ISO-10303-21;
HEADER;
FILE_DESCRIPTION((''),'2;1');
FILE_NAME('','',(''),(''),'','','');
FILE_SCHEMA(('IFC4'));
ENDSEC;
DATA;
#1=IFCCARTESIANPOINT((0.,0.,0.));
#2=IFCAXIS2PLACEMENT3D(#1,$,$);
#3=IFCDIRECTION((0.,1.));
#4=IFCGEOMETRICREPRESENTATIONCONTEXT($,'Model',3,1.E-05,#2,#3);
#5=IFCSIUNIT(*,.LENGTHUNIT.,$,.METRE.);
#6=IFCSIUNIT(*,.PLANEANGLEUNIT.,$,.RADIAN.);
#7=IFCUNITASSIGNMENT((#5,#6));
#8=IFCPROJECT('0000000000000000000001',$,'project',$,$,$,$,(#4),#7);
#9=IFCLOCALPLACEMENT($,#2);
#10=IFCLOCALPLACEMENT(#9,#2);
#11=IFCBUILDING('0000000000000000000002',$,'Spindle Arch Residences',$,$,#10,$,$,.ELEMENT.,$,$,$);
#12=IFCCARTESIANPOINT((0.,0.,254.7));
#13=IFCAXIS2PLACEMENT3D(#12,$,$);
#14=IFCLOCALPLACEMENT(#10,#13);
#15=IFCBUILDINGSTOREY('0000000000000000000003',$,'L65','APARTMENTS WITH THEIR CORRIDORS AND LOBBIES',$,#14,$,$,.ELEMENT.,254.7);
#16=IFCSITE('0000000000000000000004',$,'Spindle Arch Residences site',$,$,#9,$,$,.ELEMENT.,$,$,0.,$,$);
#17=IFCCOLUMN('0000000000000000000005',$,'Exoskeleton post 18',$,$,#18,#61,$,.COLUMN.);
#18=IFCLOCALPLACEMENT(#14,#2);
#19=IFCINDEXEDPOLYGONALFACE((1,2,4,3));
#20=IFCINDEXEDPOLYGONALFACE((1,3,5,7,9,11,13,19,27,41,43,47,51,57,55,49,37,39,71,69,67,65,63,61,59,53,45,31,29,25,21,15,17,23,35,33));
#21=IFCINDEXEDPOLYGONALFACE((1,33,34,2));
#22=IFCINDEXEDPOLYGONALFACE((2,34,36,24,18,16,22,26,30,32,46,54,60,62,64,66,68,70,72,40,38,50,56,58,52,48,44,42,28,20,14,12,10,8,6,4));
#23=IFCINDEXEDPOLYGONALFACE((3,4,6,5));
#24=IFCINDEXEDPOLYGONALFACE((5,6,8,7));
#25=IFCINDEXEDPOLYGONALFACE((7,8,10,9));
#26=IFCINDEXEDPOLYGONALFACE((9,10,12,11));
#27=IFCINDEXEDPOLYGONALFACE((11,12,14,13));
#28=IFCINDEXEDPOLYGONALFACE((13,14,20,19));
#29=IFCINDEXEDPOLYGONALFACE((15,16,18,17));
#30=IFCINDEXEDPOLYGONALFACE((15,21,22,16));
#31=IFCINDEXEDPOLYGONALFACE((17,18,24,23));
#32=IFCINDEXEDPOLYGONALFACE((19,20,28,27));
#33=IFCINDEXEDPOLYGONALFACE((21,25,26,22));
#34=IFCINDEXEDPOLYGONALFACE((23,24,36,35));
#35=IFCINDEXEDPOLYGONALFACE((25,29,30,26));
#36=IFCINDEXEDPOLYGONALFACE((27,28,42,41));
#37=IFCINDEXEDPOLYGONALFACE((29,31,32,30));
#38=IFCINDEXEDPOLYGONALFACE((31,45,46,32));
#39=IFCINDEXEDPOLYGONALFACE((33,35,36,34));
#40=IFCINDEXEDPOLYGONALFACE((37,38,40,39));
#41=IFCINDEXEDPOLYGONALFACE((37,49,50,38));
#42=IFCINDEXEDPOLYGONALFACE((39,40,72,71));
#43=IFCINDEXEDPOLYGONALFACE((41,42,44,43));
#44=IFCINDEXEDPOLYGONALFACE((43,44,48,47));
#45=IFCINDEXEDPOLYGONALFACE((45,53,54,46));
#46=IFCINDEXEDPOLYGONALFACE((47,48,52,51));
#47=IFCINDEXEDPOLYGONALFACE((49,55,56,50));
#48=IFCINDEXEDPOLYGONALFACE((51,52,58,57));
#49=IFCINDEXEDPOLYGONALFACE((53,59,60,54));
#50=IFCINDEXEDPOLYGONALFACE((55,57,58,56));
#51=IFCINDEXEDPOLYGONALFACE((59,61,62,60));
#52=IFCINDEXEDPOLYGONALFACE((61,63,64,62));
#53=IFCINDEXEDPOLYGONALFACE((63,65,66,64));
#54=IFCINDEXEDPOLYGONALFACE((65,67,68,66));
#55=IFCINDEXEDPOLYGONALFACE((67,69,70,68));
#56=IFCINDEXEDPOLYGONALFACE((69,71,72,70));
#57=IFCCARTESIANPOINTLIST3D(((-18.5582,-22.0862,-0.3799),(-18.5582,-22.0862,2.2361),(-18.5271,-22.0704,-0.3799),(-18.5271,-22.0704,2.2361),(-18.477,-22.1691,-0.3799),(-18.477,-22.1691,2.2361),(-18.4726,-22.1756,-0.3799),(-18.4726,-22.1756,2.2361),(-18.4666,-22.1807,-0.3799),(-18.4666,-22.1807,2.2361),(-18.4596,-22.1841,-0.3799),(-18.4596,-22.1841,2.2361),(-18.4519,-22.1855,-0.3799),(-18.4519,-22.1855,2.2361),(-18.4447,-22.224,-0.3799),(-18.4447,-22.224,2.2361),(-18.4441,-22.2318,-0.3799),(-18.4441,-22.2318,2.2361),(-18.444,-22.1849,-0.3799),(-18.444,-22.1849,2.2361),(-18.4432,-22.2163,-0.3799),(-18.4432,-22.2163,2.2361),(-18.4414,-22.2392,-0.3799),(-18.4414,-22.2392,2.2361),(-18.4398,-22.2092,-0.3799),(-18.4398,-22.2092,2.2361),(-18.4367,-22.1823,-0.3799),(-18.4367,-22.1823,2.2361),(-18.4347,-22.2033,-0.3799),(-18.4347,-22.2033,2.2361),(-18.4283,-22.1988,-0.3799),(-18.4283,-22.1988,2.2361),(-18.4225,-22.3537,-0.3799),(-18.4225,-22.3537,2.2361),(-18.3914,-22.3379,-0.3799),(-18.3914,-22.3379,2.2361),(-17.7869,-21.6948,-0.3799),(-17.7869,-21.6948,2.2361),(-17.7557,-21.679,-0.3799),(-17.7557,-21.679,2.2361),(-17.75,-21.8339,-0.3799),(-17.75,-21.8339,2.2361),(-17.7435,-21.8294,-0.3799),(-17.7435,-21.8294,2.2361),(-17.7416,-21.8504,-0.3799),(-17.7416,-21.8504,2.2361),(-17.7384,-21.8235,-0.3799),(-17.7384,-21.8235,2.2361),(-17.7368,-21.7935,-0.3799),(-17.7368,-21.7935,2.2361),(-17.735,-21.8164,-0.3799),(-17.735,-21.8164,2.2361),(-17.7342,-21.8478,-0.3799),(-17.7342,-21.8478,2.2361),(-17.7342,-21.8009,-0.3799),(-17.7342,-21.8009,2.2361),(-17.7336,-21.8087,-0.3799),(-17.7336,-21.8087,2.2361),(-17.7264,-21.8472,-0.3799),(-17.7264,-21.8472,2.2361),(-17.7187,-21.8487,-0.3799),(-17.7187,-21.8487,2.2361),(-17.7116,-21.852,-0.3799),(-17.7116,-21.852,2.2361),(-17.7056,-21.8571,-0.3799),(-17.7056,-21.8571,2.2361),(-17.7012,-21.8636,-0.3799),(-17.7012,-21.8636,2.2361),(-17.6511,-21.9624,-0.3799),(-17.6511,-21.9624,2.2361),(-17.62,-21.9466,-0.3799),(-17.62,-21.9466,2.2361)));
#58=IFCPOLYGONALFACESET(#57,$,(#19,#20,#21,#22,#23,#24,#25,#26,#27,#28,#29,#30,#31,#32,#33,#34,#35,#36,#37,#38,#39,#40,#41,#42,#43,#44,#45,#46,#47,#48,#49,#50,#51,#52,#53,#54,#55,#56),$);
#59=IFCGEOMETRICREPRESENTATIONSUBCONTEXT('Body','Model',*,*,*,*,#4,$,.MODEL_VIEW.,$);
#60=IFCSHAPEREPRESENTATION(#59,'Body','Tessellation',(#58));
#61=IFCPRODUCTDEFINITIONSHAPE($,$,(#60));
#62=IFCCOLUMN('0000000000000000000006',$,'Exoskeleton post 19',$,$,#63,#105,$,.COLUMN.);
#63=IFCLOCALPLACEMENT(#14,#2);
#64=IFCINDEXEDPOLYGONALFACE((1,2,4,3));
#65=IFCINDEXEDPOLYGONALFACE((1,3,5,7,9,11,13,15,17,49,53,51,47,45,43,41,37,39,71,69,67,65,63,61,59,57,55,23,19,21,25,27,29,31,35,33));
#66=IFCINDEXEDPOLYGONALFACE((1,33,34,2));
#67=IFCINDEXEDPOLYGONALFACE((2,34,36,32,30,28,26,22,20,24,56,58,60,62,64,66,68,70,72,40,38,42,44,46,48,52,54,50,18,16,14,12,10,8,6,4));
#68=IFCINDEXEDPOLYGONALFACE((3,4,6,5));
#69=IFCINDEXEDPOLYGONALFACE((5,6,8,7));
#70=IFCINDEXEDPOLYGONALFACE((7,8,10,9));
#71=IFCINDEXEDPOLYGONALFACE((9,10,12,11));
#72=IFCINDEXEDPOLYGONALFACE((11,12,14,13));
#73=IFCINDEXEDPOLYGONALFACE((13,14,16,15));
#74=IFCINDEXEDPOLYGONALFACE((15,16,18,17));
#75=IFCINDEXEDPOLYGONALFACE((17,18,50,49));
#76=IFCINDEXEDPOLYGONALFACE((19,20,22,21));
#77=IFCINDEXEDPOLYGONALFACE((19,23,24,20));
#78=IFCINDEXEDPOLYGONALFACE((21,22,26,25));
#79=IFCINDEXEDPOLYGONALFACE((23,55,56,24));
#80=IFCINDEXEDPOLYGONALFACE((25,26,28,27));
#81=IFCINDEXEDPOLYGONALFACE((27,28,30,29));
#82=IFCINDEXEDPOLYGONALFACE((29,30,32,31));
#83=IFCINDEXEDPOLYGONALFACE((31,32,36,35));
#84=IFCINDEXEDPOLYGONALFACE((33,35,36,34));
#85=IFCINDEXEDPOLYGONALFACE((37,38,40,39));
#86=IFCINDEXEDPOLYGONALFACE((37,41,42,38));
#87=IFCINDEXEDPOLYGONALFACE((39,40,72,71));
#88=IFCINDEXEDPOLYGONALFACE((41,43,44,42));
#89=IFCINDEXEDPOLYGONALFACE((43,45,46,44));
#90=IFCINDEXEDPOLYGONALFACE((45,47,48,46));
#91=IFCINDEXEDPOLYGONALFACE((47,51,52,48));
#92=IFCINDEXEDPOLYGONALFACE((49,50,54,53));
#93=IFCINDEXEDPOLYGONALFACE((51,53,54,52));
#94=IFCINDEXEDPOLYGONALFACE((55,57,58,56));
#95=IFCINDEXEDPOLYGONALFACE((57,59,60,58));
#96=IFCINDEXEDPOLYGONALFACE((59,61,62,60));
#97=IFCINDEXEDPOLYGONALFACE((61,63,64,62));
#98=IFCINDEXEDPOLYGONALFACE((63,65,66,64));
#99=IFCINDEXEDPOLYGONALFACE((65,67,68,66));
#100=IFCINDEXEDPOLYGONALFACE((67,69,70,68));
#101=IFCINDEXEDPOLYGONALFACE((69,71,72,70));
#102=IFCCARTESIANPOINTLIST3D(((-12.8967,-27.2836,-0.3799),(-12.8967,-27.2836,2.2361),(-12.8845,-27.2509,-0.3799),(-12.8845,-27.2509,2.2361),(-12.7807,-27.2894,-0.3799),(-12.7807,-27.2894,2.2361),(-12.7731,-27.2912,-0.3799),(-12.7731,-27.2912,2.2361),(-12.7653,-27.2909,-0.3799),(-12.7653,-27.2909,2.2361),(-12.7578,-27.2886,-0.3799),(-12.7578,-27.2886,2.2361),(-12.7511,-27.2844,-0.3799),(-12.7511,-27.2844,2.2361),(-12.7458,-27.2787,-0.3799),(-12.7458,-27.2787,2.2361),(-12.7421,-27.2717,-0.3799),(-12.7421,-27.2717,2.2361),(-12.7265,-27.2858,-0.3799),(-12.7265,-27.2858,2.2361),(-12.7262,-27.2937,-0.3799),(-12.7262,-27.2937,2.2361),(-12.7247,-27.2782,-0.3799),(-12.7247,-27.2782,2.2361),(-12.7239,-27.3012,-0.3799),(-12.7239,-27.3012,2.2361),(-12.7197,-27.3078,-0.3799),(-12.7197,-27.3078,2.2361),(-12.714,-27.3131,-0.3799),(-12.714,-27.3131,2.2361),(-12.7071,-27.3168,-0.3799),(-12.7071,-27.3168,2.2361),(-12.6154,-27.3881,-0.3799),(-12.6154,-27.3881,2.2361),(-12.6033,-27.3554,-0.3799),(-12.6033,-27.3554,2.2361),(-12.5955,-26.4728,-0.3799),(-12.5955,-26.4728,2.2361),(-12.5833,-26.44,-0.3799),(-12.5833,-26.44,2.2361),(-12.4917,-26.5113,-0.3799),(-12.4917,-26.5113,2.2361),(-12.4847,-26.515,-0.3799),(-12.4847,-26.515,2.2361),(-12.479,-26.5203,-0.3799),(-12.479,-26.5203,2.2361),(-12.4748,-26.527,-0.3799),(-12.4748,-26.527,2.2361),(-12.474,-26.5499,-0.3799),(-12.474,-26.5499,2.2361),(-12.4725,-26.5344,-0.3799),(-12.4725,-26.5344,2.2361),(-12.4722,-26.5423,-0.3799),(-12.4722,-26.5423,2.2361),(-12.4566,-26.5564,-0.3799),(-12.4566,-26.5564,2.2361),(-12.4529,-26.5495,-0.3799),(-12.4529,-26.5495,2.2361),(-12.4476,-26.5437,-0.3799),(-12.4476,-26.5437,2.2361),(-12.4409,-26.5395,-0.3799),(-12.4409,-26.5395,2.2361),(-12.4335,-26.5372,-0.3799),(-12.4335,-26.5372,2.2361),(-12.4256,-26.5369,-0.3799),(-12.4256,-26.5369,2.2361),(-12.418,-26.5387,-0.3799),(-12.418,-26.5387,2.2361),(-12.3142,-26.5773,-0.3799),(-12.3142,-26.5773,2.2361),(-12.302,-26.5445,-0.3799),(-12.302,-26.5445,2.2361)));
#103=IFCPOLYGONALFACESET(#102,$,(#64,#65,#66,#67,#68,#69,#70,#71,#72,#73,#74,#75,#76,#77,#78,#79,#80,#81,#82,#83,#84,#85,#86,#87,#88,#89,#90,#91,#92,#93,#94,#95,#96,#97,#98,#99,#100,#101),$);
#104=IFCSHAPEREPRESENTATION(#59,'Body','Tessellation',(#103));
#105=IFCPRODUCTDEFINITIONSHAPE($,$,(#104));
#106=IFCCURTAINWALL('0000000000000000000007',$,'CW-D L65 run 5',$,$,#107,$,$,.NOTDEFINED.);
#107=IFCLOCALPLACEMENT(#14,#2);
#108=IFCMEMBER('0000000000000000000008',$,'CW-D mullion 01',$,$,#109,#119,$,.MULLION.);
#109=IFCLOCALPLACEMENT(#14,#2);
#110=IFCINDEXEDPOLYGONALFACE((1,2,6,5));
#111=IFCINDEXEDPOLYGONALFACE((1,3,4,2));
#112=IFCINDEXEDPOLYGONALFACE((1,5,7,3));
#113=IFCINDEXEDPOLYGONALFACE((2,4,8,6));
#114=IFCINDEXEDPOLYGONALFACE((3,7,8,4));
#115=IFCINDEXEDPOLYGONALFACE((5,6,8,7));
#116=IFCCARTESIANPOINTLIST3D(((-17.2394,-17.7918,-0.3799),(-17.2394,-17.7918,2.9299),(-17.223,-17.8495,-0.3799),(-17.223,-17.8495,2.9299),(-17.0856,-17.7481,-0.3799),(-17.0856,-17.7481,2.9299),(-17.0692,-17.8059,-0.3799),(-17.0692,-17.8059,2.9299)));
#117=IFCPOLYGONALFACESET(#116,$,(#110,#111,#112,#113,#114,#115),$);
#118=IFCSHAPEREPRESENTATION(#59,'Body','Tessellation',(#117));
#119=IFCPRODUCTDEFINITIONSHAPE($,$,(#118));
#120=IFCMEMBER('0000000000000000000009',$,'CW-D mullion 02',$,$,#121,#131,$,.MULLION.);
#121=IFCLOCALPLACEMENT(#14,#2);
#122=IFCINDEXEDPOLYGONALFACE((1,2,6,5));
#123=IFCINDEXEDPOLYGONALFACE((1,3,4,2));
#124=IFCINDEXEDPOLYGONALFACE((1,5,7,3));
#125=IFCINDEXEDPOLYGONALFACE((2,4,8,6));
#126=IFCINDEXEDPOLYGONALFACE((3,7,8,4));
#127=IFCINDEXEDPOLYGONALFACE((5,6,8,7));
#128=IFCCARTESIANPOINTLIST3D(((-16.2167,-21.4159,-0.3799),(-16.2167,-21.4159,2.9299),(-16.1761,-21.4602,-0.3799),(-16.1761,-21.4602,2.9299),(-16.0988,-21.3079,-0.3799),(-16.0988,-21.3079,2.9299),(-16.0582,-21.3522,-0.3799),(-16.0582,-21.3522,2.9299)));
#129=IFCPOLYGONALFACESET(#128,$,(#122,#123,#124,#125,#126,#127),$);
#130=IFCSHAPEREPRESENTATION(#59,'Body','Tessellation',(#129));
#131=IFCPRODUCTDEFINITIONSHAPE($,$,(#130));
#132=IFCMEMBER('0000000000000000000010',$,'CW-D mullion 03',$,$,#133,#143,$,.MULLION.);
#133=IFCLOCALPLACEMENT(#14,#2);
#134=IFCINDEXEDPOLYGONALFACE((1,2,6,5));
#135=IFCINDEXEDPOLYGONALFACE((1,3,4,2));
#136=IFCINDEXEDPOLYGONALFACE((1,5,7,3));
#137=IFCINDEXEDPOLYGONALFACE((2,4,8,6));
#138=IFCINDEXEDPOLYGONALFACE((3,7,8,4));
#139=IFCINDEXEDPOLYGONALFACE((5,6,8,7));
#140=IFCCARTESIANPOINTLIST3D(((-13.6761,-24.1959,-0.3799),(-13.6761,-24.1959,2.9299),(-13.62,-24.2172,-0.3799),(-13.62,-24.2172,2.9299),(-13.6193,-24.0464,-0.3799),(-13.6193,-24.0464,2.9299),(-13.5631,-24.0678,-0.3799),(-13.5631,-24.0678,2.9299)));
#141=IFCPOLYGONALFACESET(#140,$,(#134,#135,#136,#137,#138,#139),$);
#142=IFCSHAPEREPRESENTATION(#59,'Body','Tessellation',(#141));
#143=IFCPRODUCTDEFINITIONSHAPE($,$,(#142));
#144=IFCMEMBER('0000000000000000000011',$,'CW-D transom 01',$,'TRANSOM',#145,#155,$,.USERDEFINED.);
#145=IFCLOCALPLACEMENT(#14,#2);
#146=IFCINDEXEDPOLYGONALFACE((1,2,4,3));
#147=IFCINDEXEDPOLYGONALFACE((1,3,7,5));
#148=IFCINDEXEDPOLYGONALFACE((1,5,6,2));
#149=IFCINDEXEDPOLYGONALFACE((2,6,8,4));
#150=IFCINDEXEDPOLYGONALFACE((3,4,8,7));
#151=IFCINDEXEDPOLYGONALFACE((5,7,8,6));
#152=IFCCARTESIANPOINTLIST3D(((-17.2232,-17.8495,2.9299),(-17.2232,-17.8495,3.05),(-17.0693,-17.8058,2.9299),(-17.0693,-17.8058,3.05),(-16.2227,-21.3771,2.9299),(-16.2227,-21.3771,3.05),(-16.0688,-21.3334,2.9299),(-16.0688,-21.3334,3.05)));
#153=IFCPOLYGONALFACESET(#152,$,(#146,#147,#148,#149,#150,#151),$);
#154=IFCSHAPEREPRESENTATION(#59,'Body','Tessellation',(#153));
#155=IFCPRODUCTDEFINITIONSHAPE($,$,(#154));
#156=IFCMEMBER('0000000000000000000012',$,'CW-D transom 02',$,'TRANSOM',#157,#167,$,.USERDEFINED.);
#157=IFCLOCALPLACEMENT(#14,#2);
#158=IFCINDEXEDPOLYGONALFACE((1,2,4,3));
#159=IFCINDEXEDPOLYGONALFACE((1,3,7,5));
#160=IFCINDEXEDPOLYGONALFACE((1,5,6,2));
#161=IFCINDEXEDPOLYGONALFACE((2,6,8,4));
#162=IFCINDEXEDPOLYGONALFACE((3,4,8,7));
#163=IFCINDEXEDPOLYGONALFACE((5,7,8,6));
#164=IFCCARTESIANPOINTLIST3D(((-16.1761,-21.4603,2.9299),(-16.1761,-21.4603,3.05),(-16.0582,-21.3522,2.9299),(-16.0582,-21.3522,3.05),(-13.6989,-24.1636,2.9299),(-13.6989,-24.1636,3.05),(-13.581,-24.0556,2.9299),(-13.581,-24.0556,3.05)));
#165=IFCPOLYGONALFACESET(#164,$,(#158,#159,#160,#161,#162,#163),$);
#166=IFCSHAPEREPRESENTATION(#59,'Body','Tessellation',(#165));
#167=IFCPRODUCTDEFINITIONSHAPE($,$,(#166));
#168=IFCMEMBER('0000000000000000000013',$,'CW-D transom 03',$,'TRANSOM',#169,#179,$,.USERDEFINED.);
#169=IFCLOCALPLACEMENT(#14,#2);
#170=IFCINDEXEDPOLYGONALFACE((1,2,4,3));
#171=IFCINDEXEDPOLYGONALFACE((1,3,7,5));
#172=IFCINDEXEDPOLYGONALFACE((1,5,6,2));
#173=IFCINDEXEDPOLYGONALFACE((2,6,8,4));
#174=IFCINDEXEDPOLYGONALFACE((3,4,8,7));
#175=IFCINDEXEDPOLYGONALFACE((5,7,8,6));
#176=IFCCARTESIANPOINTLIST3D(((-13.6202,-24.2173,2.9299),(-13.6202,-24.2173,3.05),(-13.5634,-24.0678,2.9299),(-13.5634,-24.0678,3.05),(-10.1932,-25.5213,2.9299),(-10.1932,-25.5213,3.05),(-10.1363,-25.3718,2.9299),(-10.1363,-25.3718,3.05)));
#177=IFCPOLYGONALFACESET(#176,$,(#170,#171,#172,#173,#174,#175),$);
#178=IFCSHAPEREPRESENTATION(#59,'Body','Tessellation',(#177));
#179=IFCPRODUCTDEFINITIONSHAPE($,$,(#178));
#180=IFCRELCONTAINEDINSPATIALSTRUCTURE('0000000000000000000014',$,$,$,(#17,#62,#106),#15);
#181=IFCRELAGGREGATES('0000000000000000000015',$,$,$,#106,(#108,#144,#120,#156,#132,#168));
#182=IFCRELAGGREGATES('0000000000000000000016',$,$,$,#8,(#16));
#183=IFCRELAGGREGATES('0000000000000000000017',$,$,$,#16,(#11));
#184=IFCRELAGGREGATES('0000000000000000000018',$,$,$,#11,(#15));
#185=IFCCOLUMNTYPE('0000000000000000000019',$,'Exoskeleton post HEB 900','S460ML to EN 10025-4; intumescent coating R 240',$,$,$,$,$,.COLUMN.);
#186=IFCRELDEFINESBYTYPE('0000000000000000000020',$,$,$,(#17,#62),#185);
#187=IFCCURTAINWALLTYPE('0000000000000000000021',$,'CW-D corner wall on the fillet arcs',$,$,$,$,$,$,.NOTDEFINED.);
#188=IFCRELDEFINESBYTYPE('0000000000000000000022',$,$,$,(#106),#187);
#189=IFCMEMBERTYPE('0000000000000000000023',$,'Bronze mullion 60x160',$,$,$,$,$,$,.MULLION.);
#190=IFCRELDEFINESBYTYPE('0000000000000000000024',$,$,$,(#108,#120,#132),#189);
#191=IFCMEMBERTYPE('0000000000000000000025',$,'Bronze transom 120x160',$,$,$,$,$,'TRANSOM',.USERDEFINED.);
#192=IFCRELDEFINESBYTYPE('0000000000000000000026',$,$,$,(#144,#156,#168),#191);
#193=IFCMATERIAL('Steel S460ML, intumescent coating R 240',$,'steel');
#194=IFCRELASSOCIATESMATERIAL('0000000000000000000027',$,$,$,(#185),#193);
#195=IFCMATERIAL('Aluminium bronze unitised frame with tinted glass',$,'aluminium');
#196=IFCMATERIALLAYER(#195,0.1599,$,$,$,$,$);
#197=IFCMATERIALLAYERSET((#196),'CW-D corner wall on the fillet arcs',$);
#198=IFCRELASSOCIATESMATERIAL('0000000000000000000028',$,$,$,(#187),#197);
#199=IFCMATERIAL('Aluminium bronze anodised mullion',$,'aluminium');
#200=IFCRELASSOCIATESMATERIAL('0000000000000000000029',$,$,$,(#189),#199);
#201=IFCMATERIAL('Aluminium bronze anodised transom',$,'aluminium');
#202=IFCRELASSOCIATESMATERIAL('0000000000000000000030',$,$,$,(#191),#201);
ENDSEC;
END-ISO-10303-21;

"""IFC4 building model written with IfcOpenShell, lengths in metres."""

from ifc_helpers import new_model, si_unit, direction, frame, origin, origin_2d, place, context, subcontext, project, spatial, rectangle, i_section, extrude, material, layer, layer_set, material_profile, profile_set, type_object, element, aggregate, save


model = new_model("IFC4")

# Units and contexts
model_context = context("Model", 3, precision=1e-05, world=origin(), true_north=direction((0.0, 1.0)))
body_context = subcontext(model_context, "Body", "Model", "MODEL_VIEW")
ifc_project = project(units=[si_unit("LENGTHUNIT", "METRE"), si_unit("PLANEANGLEUNIT", "RADIAN")], contexts=[model_context])

# Site, building, storey
site_placement = place(None, origin())
site = spatial("IfcSite", under=ifc_project, at=site_placement, Name="Spindle Arch Residences site", CompositionType="ELEMENT", RefElevation=0.0)
building_placement = place(site_placement, origin())
building = spatial("IfcBuilding", under=site, at=building_placement, Name="Spindle Arch Residences", CompositionType="ELEMENT")
storey_placement = place(building_placement, frame((0.0, 0.0, 254.7)))
storey = spatial("IfcBuildingStorey", under=building, at=storey_placement, Name="L65", Description="APARTMENTS WITH THEIR CORRIDORS AND LOBBIES", CompositionType="ELEMENT", Elevation=254.7)

# Columns
ifc_material_1 = material(Name="Steel S460ML, intumescent coating R 240", Category="steel")
ifc_material_profile_1 = material_profile(ifc_material_1, i_section(OverallWidth=0.3, OverallDepth=0.8999, WebThickness=0.0186, FlangeThickness=0.0349, FilletRadius=0.03, at=origin_2d()), Name="HEB 900")
ifc_profile_set_1 = profile_set([ifc_material_profile_1], Name="Steel S460ML, intumescent coating R 240")
column_type = type_object("IfcColumnType", Name="Exoskeleton post HEB 900", Description="S460ML to EN 10025-4; intumescent coating R 240", PredefinedType="COLUMN", material=ifc_profile_set_1)
for number, where, z_axis, x_axis, name in (
    (1, (-18.0891, -22.0164, -0.3799), (0.0, 0.0, 1.0), (-0.452474, 0.891778, 0.0), "Exoskeleton post 18"),
    (2, (-12.5994, -26.9141, -0.3799), (0.0, 0.0, 1.0), (-0.937401, 0.348253, 0.0), "Exoskeleton post 19"),
):
    element("IfcColumn", number, at=place(storey_placement, frame(where, z_axis=z_axis, x_axis=x_axis)), inside=storey, type_object=column_type, Name=name, PredefinedType="COLUMN", context=body_context, shape_type="SweptSolid", body=[
        extrude(i_section(OverallWidth=0.3, OverallDepth=0.8999, WebThickness=0.0186, FlangeThickness=0.0349, FilletRadius=0.03, at=origin_2d()), origin(), (0.0, 0.0, 1.0), 2.616),
    ])

# Curtain wall, members
ifc_material_2 = material(Name="Aluminium bronze unitised frame with tinted glass", Category="aluminium")
ifc_layer_1 = layer(ifc_material_2, 0.1599)
ifc_layer_set_1 = layer_set([ifc_layer_1], Name="CW-D corner wall on the fillet arcs")
curtain_wall_type = type_object("IfcCurtainWallType", Name="CW-D corner wall on the fillet arcs", PredefinedType="NOTDEFINED", material=ifc_layer_set_1)
curtain_wall_placement = place(storey_placement, origin())
curtain_wall = element("IfcCurtainWall", 3, at=curtain_wall_placement, inside=storey, type_object=curtain_wall_type, Name="CW-D L65 run 5", PredefinedType="NOTDEFINED")
ifc_material_3 = material(Name="Aluminium bronze anodised mullion", Category="aluminium")
ifc_material_profile_2 = material_profile(ifc_material_3, rectangle(XDim=0.1599, YDim=0.0601, at=origin_2d()), Name="MU 60x160")
ifc_profile_set_2 = profile_set([ifc_material_profile_2], Name="Aluminium bronze anodised mullion")
member_type_1 = type_object("IfcMemberType", Name="Bronze mullion 60x160", PredefinedType="MULLION", material=ifc_profile_set_2)
member_1_placement = place(storey_placement, frame((-17.1543, -17.7988, -0.3799), z_axis=(0.0, 0.0, 1.0), x_axis=(0.962059, 0.27284, 0.0)))
member_1 = element("IfcMember", 4, at=member_1_placement, type_object=member_type_1, Name="CW-D mullion 01", PredefinedType="MULLION", context=body_context, shape_type="SweptSolid", body=[
    extrude(rectangle(XDim=0.1599, YDim=0.0601, at=origin_2d()), origin(), (0.0, 0.0, 1.0), 3.3098),
])
member_2_placement = place(storey_placement, frame((-16.1375, -21.384, -0.3799), z_axis=(0.0, 0.0, 1.0), x_axis=(0.737277, 0.67559, 0.0)))
member_2 = element("IfcMember", 5, at=member_2_placement, type_object=member_type_1, Name="CW-D mullion 02", PredefinedType="MULLION", context=body_context, shape_type="SweptSolid", body=[
    extrude(rectangle(XDim=0.1599, YDim=0.0601, at=origin_2d()), origin(), (0.0, 0.0, 1.0), 3.3098),
])
member_3_placement = place(storey_placement, frame((-13.6196, -24.1318, -0.3799), z_axis=(0.0, 0.0, 1.0), x_axis=(0.355651, 0.934619, 0.0)))
member_3 = element("IfcMember", 6, at=member_3_placement, type_object=member_type_1, Name="CW-D mullion 03", PredefinedType="MULLION", context=body_context, shape_type="SweptSolid", body=[
    extrude(rectangle(XDim=0.1599, YDim=0.0601, at=origin_2d()), origin(), (0.0, 0.0, 1.0), 3.3098),
])
ifc_material_4 = material(Name="Aluminium bronze anodised transom", Category="aluminium")
ifc_material_profile_3 = material_profile(ifc_material_4, rectangle(XDim=0.1599, YDim=0.1201, at=origin_2d()), Name="TR 120x160")
ifc_profile_set_3 = profile_set([ifc_material_profile_3], Name="Aluminium bronze anodised transom")
member_type_2 = type_object("IfcMemberType", Name="Bronze transom 120x160", ElementType="TRANSOM", PredefinedType="USERDEFINED", material=ifc_profile_set_3)
member_4_placement = place(storey_placement, frame((-17.1462, -17.8276, 2.99), z_axis=(0.272856, -0.962055, 0.0), x_axis=(0.962055, 0.272856, 0.0)))
member_4 = element("IfcMember", 7, at=member_4_placement, type_object=member_type_2, Name="CW-D transom 01", ObjectType="TRANSOM", PredefinedType="USERDEFINED", context=body_context, shape_type="SweptSolid", body=[
    extrude(rectangle(XDim=0.1599, YDim=0.1201, at=origin_2d()), origin(), (0.0, 0.0, 1.0), 3.6667),
])
member_5_placement = place(storey_placement, frame((-16.1172, -21.4062, 2.99), z_axis=(0.675607, -0.737262, 0.0), x_axis=(0.737262, 0.675607, 0.0)))
member_5 = element("IfcMember", 8, at=member_5_placement, type_object=member_type_2, Name="CW-D transom 02", ObjectType="TRANSOM", PredefinedType="USERDEFINED", context=body_context, shape_type="SweptSolid", body=[
    extrude(rectangle(XDim=0.1599, YDim=0.1201, at=origin_2d()), origin(), (0.0, 0.0, 1.0), 3.6667),
])
member_6_placement = place(storey_placement, frame((-13.5918, -24.1426, 2.99), z_axis=(0.93463, -0.355622, 0.0), x_axis=(0.355622, 0.93463, 0.0)))
member_6 = element("IfcMember", 9, at=member_6_placement, type_object=member_type_2, Name="CW-D transom 03", ObjectType="TRANSOM", PredefinedType="USERDEFINED", context=body_context, shape_type="SweptSolid", body=[
    extrude(rectangle(XDim=0.1599, YDim=0.1201, at=origin_2d()), origin(), (0.0, 0.0, 1.0), 3.6667),
])

aggregate(curtain_wall, [member_1, member_4, member_2, member_5, member_3, member_6])

save(model, "model.ifc")
